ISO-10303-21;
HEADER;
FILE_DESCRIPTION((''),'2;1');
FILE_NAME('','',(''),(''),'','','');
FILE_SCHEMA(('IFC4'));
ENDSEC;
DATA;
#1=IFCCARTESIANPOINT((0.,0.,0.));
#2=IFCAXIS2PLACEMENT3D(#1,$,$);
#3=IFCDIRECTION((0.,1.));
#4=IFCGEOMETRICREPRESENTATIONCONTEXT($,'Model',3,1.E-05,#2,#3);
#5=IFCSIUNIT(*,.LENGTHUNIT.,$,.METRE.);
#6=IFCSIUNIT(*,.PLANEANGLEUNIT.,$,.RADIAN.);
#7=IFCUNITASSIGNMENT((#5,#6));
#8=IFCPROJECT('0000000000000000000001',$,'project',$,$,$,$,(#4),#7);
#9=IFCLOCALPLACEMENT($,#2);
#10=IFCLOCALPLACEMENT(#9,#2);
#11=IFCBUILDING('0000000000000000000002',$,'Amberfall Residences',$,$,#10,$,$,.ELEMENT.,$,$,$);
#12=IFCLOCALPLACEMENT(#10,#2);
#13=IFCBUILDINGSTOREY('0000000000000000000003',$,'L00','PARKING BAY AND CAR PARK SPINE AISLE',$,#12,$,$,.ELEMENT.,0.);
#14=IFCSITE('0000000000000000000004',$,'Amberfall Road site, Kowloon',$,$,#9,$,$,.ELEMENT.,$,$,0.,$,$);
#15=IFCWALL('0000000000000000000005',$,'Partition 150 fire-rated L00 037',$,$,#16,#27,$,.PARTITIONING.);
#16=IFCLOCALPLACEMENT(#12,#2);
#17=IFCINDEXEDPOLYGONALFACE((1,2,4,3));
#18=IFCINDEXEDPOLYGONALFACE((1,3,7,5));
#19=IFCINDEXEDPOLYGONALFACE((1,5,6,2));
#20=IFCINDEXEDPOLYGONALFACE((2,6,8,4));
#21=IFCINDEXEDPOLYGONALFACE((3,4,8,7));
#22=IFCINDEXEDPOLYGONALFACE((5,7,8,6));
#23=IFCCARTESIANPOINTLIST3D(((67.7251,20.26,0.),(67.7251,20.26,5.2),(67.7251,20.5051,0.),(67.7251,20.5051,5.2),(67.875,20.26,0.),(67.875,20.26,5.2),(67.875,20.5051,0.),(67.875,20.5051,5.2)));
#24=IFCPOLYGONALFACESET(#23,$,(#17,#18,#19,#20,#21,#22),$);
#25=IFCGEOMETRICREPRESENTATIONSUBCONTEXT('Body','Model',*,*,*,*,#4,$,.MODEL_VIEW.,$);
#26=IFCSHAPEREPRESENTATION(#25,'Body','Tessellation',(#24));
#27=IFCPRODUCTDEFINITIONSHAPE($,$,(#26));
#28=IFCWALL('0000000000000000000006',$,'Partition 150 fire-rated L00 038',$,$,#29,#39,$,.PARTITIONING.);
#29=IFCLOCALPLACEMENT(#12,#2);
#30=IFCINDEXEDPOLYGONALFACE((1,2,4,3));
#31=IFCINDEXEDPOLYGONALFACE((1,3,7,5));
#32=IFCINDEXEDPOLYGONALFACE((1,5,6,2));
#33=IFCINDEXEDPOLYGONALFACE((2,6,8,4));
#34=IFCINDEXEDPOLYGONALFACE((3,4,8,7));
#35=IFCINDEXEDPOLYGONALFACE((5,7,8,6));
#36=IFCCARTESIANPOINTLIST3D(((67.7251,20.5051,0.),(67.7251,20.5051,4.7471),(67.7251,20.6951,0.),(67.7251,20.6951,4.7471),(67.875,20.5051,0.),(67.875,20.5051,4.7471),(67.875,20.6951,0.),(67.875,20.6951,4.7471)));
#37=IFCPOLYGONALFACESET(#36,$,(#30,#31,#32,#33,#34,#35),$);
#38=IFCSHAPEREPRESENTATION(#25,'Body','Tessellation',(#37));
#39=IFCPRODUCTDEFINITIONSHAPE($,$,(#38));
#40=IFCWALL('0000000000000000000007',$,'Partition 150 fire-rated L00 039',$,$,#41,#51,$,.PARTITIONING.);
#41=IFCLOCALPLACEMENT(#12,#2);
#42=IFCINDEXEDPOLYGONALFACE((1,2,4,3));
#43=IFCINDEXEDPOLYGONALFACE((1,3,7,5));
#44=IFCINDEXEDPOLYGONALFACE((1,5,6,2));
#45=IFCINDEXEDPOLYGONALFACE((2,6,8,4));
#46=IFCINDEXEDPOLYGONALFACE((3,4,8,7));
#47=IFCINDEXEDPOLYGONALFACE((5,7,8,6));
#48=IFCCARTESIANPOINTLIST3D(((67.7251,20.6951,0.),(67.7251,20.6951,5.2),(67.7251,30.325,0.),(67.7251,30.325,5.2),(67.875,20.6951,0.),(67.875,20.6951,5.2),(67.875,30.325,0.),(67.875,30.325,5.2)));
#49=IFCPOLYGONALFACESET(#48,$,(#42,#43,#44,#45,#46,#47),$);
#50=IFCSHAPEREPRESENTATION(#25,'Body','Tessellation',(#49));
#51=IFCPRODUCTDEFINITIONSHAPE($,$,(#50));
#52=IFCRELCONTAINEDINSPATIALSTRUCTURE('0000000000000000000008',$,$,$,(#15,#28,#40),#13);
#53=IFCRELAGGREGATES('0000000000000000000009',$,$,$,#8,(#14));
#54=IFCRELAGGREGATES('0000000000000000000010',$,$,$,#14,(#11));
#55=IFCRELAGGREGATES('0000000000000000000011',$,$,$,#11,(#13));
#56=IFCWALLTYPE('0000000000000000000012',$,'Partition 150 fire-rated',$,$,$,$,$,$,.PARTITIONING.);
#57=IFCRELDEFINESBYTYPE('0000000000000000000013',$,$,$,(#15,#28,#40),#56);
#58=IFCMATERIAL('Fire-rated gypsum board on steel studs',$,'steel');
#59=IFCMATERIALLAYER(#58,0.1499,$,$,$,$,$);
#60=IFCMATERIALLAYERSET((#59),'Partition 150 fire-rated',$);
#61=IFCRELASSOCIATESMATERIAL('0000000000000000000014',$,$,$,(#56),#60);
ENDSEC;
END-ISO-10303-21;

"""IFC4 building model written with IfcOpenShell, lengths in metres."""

from ifc_helpers import new_model, si_unit, direction, frame, frame_2d, origin, place, context, subcontext, project, spatial, rectangle, extrude, material, layer, layer_set, type_object, element, save


model = new_model("IFC4")

# Units and contexts
model_context = context("Model", 3, precision=1e-05, world=origin(), true_north=direction((0.0, 1.0)))
body_context = subcontext(model_context, "Body", "Model", "MODEL_VIEW")
ifc_project = project(units=[si_unit("LENGTHUNIT", "METRE"), si_unit("PLANEANGLEUNIT", "RADIAN")], contexts=[model_context])

# Site, building, storey
site_placement = place(None, origin())
site = spatial("IfcSite", under=ifc_project, at=site_placement, Name="Amberfall Road site, Kowloon", CompositionType="ELEMENT", RefElevation=0.0)
building_placement = place(site_placement, origin())
building = spatial("IfcBuilding", under=site, at=building_placement, Name="Amberfall Residences", CompositionType="ELEMENT")
storey_placement = place(building_placement, origin())
storey = spatial("IfcBuildingStorey", under=building, at=storey_placement, Name="L00", Description="PARKING BAY AND CAR PARK SPINE AISLE", CompositionType="ELEMENT", Elevation=0.0)

# Walls
ifc_material_1 = material(Name="Fire-rated gypsum board on steel studs", Category="steel")
ifc_layer_1 = layer(ifc_material_1, 0.1499)
ifc_layer_set_1 = layer_set([ifc_layer_1], Name="Partition 150 fire-rated")
wall_type_1 = type_object("IfcWallType", Name="Partition 150 fire-rated", PredefinedType="PARTITIONING", material=ifc_layer_set_1)
wall_1_placement = place(storey_placement, frame((67.8, 20.26, 0.0), z_axis=(0.0, 0.0, 1.0), x_axis=(0.0, 1.0, 0.0)))
element("IfcWall", 1, at=wall_1_placement, inside=storey, type_object=wall_type_1, Name="Partition 150 fire-rated L00 037", PredefinedType="PARTITIONING", context=body_context, shape_type="SweptSolid", body=[
    extrude(rectangle(XDim=0.2451, YDim=0.1499, at=frame_2d((0.1226, 0.0))), origin(), (0.0, 0.0, 1.0), 5.2),
])
wall_2_placement = place(storey_placement, frame((67.8, 20.5051, 0.0), z_axis=(0.0, 0.0, 1.0), x_axis=(0.0, 1.0, 0.0)))
element("IfcWall", 2, at=wall_2_placement, inside=storey, type_object=wall_type_1, Name="Partition 150 fire-rated L00 038", PredefinedType="PARTITIONING", context=body_context, shape_type="SweptSolid", body=[
    extrude(rectangle(XDim=0.1899, YDim=0.1499, at=frame_2d((0.095, 0.0))), origin(), (0.0, 0.0, 1.0), 4.7471),
])
wall_3_placement = place(storey_placement, frame((67.8, 20.6951, 0.0), z_axis=(0.0, 0.0, 1.0), x_axis=(0.0, 1.0, 0.0)))
element("IfcWall", 3, at=wall_3_placement, inside=storey, type_object=wall_type_1, Name="Partition 150 fire-rated L00 039", PredefinedType="PARTITIONING", context=body_context, shape_type="SweptSolid", body=[
    extrude(rectangle(XDim=9.6299, YDim=0.1499, at=frame_2d((4.8149, 0.0))), origin(), (0.0, 0.0, 1.0), 5.2),
])

save(model, "model.ifc")
